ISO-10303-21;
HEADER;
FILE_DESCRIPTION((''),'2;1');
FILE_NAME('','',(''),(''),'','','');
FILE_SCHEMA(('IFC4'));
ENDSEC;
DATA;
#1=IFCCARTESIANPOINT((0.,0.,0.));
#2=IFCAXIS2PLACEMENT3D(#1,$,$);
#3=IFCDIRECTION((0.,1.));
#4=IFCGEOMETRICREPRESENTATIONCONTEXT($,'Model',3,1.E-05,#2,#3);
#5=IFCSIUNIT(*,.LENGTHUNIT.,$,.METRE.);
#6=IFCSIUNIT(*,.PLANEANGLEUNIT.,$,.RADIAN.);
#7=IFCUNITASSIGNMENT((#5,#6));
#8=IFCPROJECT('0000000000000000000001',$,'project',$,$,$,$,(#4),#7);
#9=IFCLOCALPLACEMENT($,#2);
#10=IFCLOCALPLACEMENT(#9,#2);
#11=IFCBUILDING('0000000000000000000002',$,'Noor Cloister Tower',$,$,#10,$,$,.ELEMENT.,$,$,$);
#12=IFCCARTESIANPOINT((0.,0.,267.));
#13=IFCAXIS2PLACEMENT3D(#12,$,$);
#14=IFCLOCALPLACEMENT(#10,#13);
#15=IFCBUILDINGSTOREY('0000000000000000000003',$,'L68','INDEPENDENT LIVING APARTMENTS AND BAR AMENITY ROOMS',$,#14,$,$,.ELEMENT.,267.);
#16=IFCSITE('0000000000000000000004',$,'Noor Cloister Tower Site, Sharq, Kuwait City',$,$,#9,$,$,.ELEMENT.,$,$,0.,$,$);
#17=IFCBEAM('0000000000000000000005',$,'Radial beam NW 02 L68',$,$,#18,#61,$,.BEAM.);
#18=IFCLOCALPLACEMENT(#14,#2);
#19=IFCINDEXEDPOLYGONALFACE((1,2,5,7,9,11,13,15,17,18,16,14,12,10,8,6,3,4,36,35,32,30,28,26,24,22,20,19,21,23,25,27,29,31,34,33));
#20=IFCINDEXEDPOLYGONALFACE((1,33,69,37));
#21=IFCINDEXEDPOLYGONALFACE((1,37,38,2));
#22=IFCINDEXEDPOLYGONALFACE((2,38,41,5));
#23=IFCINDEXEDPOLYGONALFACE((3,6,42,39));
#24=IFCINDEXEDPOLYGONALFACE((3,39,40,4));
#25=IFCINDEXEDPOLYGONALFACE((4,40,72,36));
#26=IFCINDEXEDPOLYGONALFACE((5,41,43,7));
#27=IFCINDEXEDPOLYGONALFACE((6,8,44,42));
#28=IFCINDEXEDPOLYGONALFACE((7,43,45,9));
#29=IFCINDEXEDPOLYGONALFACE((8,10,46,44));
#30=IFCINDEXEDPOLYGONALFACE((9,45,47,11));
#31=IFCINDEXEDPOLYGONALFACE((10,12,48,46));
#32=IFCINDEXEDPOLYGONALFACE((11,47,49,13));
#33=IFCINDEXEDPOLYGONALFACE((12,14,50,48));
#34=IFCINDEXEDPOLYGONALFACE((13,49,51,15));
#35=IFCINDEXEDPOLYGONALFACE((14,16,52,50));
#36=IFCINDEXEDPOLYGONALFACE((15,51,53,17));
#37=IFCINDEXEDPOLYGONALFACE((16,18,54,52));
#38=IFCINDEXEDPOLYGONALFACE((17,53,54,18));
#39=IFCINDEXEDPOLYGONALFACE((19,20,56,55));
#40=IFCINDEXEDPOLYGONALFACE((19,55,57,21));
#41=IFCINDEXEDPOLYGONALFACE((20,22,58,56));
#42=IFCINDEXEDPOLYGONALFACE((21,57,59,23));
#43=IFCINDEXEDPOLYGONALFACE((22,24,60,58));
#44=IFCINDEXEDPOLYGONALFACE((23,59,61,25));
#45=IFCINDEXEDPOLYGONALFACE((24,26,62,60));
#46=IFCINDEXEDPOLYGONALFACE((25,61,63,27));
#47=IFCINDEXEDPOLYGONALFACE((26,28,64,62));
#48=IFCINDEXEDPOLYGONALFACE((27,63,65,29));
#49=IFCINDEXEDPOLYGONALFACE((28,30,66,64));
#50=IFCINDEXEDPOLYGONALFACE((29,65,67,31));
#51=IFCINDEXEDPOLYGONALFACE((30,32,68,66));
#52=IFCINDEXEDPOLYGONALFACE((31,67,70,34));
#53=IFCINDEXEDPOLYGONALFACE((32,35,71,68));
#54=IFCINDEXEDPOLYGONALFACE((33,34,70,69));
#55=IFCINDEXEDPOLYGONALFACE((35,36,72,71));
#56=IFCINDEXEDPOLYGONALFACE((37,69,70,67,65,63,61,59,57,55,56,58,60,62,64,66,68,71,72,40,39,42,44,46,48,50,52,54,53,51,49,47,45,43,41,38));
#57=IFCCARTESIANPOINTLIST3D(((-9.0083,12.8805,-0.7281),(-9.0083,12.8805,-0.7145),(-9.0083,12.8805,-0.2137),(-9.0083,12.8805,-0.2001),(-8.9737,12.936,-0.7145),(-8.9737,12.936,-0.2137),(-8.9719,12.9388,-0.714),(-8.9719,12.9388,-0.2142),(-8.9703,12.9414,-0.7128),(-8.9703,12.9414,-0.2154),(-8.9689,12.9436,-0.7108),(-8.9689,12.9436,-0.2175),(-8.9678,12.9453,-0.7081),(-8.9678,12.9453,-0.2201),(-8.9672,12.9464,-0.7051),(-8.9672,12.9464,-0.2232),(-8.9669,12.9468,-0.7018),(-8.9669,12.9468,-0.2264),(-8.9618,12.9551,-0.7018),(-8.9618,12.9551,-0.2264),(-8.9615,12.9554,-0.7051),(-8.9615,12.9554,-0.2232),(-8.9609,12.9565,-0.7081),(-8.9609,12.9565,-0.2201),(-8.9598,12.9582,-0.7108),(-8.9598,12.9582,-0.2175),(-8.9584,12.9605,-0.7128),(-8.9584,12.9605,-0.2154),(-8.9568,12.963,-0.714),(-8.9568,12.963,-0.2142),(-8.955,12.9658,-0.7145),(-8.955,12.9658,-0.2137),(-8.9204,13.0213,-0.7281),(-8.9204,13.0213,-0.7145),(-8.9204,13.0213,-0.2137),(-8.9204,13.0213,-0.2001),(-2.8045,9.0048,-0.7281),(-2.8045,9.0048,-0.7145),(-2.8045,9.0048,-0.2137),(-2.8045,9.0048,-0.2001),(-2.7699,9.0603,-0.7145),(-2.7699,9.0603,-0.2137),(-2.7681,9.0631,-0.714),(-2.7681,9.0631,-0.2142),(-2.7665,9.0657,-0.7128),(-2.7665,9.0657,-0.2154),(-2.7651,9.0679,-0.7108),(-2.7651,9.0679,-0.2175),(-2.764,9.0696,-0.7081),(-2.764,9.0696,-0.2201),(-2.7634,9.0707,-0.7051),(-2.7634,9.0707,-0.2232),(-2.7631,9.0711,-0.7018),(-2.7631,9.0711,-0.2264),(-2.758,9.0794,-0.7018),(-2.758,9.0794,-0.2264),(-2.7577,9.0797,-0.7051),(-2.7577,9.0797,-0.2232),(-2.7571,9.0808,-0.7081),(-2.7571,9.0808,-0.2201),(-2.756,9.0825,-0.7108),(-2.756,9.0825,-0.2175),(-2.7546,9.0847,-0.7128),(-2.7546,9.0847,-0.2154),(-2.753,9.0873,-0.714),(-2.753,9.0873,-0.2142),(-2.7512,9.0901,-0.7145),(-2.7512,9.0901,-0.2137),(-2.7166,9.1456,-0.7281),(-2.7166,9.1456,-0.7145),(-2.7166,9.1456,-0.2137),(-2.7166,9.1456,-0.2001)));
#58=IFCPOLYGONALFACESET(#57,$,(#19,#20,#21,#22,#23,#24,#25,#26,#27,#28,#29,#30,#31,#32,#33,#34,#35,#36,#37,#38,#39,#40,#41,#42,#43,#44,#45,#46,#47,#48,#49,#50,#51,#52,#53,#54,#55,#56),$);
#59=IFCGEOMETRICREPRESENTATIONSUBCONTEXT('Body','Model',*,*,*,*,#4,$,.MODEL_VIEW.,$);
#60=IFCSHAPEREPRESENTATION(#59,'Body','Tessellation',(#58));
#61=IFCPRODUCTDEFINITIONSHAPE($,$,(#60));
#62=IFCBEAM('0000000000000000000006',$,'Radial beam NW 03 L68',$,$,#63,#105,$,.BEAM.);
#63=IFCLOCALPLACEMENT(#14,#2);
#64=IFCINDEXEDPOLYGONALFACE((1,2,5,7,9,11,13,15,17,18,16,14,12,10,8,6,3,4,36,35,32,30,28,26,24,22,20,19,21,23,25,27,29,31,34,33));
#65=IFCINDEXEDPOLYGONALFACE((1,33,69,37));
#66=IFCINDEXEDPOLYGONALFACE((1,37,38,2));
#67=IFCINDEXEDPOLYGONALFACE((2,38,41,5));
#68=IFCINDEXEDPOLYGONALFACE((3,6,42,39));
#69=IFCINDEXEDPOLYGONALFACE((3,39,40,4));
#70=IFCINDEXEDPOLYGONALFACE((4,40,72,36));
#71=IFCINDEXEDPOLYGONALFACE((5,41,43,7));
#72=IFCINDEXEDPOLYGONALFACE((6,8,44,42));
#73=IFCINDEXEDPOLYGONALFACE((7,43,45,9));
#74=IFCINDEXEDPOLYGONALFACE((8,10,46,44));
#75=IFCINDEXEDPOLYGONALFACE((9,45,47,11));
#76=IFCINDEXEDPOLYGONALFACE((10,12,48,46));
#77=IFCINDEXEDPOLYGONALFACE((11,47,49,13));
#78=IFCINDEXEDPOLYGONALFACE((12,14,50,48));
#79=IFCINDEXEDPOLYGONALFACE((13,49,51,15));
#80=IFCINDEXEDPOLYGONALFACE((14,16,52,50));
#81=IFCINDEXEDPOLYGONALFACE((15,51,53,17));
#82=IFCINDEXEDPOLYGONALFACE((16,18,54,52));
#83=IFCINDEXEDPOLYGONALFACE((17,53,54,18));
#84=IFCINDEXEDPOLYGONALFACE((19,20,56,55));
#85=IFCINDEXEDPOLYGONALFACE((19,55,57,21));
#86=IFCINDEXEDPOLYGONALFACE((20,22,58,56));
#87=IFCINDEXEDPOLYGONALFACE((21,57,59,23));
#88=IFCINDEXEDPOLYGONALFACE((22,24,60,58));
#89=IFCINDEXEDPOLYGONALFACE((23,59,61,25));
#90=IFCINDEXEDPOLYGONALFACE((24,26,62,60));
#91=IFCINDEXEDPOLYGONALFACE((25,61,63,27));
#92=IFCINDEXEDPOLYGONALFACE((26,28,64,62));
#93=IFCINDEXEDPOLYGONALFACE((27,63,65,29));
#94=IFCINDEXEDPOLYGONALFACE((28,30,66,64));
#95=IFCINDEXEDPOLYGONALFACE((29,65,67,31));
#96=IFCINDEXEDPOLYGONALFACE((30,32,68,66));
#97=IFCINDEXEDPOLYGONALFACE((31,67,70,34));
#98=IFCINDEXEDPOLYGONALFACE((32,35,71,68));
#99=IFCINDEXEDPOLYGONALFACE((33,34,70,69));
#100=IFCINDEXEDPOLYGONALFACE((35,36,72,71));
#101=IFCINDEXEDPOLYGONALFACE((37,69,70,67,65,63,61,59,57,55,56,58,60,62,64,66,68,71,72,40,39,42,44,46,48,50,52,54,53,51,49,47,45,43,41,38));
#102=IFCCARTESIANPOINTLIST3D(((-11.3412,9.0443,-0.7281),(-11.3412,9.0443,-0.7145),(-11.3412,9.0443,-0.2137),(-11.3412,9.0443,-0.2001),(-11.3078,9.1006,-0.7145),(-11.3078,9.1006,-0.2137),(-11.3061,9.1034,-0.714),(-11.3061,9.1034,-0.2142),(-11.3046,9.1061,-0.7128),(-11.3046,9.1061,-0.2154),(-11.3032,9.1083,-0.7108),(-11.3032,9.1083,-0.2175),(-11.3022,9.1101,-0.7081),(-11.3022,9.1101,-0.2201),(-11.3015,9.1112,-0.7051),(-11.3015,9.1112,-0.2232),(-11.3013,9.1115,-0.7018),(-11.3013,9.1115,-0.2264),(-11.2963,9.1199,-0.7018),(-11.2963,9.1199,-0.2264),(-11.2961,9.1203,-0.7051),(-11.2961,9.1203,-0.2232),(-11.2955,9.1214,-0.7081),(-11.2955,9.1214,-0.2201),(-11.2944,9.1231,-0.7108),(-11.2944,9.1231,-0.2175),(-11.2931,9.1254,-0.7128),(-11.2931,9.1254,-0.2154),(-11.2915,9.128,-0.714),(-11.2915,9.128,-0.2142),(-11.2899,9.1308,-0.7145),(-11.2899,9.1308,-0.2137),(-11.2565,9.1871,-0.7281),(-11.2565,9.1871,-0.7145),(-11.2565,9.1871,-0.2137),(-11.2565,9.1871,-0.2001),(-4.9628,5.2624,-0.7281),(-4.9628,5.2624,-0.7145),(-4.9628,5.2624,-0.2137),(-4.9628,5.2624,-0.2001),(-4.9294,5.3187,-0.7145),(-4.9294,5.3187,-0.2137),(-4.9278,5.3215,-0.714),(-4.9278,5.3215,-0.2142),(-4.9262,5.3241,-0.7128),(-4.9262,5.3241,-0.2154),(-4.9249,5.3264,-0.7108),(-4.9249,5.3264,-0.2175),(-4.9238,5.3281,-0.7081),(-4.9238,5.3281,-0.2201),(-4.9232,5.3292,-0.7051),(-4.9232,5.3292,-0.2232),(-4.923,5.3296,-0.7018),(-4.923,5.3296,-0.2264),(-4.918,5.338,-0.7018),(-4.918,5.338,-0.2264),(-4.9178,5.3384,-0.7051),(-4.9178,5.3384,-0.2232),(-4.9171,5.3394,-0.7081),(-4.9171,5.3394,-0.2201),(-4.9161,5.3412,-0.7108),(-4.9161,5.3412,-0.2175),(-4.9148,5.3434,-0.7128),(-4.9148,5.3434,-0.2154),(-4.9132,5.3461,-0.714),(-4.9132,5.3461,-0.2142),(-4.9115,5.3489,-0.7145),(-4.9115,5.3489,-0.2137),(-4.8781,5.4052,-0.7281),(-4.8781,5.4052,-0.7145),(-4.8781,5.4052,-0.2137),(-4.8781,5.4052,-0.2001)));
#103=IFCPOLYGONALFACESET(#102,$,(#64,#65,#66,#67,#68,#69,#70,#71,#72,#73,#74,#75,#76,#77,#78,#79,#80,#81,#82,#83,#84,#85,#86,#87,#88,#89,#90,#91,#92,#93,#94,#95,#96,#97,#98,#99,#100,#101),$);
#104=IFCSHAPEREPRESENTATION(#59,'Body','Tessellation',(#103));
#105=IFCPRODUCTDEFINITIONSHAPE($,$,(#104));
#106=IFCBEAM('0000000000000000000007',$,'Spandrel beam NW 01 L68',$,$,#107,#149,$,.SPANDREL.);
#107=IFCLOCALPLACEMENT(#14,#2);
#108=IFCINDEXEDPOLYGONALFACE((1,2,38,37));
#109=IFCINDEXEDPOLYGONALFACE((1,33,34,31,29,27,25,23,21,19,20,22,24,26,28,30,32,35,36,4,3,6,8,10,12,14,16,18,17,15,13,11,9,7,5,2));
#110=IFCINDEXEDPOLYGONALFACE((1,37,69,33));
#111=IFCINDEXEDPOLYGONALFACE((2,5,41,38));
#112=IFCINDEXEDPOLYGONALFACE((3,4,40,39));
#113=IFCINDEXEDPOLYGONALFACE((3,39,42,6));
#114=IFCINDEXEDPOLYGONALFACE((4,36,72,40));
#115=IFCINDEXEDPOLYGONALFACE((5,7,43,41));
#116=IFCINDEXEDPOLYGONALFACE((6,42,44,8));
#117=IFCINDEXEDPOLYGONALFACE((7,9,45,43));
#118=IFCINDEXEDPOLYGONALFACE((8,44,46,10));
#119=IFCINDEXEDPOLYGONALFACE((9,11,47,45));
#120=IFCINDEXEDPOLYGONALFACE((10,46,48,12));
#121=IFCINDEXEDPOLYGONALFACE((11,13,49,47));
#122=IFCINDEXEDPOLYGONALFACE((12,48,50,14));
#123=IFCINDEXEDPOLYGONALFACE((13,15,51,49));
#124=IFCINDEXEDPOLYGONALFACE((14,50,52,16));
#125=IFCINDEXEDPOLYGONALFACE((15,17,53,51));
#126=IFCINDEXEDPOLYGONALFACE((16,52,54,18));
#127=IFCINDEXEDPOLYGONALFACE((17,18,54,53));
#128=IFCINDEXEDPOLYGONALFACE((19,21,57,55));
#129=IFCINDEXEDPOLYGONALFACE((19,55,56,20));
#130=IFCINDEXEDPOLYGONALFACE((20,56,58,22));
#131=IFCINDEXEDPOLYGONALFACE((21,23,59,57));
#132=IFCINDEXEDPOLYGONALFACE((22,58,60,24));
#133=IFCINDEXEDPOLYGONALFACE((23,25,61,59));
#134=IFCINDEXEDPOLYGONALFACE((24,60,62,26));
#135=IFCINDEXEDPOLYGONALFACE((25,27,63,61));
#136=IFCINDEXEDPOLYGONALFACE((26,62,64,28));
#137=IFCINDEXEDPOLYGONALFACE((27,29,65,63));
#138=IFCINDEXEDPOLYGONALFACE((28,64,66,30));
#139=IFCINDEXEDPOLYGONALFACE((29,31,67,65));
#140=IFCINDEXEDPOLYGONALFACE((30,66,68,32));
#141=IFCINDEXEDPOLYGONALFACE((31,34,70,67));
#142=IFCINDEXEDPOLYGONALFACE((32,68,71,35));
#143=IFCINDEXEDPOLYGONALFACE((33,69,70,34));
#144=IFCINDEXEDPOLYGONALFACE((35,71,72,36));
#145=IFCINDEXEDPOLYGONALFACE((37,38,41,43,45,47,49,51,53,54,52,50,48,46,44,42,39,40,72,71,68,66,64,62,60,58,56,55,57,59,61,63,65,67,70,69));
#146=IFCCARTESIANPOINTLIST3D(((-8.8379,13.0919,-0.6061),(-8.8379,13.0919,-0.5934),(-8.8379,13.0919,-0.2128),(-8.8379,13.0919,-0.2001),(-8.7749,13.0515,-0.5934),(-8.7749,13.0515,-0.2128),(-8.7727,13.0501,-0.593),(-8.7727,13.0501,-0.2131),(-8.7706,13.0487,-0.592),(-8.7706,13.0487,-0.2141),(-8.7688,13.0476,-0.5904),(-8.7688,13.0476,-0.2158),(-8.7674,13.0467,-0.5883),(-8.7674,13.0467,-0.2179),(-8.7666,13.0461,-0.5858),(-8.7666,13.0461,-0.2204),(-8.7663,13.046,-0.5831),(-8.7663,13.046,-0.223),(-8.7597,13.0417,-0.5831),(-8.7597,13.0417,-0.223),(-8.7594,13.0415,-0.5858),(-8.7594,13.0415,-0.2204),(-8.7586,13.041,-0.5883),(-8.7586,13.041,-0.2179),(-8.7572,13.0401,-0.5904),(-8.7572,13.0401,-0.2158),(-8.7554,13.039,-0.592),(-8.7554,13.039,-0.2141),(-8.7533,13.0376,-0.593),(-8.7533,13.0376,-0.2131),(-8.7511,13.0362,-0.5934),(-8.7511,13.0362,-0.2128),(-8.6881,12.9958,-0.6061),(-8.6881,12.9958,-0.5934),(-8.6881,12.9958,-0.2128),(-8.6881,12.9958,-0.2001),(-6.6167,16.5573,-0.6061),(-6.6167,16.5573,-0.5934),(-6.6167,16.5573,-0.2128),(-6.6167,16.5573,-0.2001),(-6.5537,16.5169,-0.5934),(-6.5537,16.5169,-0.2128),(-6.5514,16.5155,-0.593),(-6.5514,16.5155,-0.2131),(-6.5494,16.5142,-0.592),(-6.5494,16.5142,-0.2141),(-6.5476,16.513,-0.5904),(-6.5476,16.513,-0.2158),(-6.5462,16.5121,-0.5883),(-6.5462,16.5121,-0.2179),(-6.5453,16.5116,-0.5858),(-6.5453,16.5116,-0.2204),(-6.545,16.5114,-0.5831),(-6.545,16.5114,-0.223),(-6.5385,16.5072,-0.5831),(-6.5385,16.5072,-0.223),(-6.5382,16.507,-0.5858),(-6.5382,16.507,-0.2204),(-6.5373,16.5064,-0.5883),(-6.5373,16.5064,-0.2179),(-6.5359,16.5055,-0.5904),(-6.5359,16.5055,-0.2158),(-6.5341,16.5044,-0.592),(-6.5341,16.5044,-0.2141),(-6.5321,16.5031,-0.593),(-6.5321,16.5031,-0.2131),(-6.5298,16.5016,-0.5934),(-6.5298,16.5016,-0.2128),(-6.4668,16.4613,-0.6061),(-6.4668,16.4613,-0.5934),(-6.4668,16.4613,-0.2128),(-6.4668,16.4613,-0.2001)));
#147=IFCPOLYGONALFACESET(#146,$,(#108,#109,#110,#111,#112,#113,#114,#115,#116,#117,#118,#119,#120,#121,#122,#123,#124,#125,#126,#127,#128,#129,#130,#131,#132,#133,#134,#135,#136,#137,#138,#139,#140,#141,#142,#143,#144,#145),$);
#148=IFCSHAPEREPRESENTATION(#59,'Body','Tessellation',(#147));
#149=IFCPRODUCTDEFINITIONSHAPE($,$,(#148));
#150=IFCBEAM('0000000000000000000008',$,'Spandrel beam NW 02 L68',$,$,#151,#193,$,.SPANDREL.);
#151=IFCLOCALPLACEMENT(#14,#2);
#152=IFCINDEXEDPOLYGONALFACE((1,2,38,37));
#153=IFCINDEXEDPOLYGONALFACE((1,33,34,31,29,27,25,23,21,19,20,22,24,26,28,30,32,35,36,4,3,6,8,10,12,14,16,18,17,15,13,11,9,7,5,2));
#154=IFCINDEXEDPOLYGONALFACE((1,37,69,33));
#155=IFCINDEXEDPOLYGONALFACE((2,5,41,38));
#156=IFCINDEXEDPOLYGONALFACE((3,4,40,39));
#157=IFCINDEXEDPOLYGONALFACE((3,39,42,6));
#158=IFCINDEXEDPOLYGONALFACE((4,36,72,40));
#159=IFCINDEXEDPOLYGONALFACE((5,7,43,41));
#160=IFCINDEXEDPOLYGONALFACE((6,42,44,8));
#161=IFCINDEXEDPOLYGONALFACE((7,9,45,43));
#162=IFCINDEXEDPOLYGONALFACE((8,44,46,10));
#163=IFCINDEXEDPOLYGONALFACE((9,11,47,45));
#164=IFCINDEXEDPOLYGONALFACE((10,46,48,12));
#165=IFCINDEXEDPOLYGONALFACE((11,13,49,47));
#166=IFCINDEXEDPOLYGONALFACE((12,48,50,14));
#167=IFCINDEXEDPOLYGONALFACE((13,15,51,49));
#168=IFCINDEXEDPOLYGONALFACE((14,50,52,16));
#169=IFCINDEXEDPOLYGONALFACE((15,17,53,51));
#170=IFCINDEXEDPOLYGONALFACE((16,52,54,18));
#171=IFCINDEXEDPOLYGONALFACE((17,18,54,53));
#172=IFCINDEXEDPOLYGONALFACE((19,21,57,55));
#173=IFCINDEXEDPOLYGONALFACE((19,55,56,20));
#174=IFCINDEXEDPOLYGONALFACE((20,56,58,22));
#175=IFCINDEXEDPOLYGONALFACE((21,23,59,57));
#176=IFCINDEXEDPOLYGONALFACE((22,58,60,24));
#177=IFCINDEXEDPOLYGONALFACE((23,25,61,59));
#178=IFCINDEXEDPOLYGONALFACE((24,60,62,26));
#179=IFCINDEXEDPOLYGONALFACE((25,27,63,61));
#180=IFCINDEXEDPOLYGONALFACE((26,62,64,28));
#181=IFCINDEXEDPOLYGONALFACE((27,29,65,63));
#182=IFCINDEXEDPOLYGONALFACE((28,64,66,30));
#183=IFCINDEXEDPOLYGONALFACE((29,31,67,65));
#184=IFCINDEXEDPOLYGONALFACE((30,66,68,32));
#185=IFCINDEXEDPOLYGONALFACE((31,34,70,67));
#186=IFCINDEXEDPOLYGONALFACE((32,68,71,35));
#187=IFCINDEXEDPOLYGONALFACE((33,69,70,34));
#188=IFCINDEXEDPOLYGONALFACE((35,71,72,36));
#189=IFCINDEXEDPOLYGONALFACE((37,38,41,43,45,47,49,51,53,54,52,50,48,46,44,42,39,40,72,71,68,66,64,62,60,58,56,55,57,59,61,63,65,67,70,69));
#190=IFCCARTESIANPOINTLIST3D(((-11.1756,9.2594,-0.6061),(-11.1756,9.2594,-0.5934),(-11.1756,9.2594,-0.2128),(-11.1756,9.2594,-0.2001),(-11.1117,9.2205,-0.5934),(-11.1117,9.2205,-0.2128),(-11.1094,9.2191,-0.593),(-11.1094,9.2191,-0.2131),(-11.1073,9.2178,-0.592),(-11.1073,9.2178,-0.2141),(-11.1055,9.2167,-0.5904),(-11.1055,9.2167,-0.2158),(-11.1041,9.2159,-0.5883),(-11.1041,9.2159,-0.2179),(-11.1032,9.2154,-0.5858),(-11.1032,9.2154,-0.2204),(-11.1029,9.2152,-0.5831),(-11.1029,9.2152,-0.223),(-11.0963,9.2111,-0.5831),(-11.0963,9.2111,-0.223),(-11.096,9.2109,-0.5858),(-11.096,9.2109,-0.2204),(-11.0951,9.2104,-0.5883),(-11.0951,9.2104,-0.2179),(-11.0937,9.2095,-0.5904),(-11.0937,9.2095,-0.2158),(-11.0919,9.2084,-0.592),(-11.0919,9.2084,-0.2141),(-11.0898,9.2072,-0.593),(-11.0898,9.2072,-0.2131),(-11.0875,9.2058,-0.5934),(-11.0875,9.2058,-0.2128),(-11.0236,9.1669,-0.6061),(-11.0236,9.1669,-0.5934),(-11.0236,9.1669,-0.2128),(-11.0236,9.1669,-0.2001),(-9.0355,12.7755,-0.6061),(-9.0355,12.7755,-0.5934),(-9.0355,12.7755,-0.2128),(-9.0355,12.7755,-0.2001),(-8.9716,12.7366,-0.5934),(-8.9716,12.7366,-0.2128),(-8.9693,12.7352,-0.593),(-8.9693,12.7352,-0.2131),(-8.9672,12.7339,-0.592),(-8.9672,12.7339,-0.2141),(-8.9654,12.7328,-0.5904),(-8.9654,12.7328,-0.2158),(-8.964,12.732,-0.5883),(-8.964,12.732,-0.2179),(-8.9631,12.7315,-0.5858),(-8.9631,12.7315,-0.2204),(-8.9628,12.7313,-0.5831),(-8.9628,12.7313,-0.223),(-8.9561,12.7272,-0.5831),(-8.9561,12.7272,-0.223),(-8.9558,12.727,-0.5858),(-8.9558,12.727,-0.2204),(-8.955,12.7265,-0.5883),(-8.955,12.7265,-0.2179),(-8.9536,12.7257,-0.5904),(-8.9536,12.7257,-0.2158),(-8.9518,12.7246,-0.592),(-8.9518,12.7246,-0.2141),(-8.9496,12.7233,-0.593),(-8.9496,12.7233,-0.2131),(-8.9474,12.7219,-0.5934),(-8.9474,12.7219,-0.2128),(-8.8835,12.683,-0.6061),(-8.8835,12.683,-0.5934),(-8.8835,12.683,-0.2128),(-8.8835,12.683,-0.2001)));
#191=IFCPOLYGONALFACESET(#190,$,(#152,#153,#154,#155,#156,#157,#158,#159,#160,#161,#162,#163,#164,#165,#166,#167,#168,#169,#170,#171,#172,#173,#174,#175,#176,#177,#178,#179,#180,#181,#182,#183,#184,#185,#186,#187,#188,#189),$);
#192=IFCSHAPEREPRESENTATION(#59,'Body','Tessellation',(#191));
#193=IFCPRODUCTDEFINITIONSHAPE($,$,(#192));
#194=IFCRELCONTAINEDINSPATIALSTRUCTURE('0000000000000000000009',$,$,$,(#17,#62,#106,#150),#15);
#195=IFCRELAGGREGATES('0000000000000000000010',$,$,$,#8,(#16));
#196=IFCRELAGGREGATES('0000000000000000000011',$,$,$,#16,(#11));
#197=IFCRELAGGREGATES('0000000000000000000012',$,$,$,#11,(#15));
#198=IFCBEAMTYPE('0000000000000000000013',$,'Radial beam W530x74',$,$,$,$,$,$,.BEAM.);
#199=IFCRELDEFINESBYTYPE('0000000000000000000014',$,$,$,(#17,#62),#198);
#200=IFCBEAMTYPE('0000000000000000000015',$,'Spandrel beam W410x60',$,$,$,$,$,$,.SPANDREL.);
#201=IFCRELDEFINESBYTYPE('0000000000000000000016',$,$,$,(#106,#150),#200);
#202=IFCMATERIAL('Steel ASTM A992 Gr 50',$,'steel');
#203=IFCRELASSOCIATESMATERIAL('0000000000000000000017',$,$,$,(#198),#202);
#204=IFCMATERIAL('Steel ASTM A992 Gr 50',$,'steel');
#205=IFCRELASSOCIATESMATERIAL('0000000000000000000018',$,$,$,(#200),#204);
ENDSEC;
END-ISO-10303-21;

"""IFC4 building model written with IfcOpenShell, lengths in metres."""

from ifc_helpers import new_model, si_unit, direction, frame, origin, origin_2d, place, context, subcontext, project, spatial, i_section, extrude, material, material_profile, profile_set, type_object, element, save


model = new_model("IFC4")

# Units and contexts
model_context = context("Model", 3, precision=1e-05, world=origin(), true_north=direction((0.0, 1.0)))
body_context = subcontext(model_context, "Body", "Model", "MODEL_VIEW")
ifc_project = project(units=[si_unit("LENGTHUNIT", "METRE"), si_unit("PLANEANGLEUNIT", "RADIAN")], contexts=[model_context])

# Site, building, storey
site_placement = place(None, origin())
site = spatial("IfcSite", under=ifc_project, at=site_placement, Name="Noor Cloister Tower Site, Sharq, Kuwait City", CompositionType="ELEMENT", RefElevation=0.0)
building_placement = place(site_placement, origin())
building = spatial("IfcBuilding", under=site, at=building_placement, Name="Noor Cloister Tower", CompositionType="ELEMENT")
storey_placement = place(building_placement, frame((0.0, 0.0, 267.0)))
storey = spatial("IfcBuildingStorey", under=building, at=storey_placement, Name="L68", Description="INDEPENDENT LIVING APARTMENTS AND BAR AMENITY ROOMS", CompositionType="ELEMENT", Elevation=267.0)

# Beams
ifc_material_1 = material(Name="Steel ASTM A992 Gr 50", Category="steel")
ifc_material_profile_1 = material_profile(ifc_material_1, i_section(OverallWidth=0.166, OverallDepth=0.5281, WebThickness=0.0098, FlangeThickness=0.0137, FilletRadius=0.0127, at=origin_2d()), Name="W530x74")
ifc_profile_set_1 = profile_set([ifc_material_profile_1], Name="Steel ASTM A992 Gr 50")
beam_type_1 = type_object("IfcBeamType", Name="Radial beam W530x74", PredefinedType="BEAM", material=ifc_profile_set_1)
beam_1_placement = place(storey_placement, frame((-8.9644, 12.9509, -0.4641), z_axis=(0.848101, -0.529834, 0.0), x_axis=(0.529834, 0.848101, 0.0)))
element("IfcBeam", 1, at=beam_1_placement, inside=storey, type_object=beam_type_1, Name="Radial beam NW 02 L68", PredefinedType="BEAM", context=body_context, shape_type="SweptSolid", body=[
    extrude(i_section(OverallWidth=0.166, OverallDepth=0.5281, WebThickness=0.0098, FlangeThickness=0.0137, FilletRadius=0.0127, at=origin_2d()), origin(), (0.0, 0.0, 1.0), 7.3149),
])
beam_2_placement = place(storey_placement, frame((-11.2988, 9.1157, -0.4641), z_axis=(0.860163, -0.51002, 0.0), x_axis=(0.51002, 0.860163, 0.0)))
element("IfcBeam", 2, at=beam_2_placement, inside=storey, type_object=beam_type_1, Name="Radial beam NW 03 L68", PredefinedType="BEAM", context=body_context, shape_type="SweptSolid", body=[
    extrude(i_section(OverallWidth=0.166, OverallDepth=0.5281, WebThickness=0.0098, FlangeThickness=0.0137, FilletRadius=0.0127, at=origin_2d()), origin(), (0.0, 0.0, 1.0), 7.4153),
])
ifc_material_2 = material(Name="Steel ASTM A992 Gr 50", Category="steel")
ifc_material_profile_2 = material_profile(ifc_material_2, i_section(OverallWidth=0.178, OverallDepth=0.406, WebThickness=0.0078, FlangeThickness=0.0127, FilletRadius=0.0103, at=origin_2d()), Name="W410x60")
ifc_profile_set_2 = profile_set([ifc_material_profile_2], Name="Steel ASTM A992 Gr 50")
beam_type_2 = type_object("IfcBeamType", Name="Spandrel beam W410x60", PredefinedType="SPANDREL", material=ifc_profile_set_2)
for number, where, z_axis, x_axis, name in (
    (3, (-6.5417, 16.5093, -0.4031), (-0.539636, -0.841898, 0.0), (0.841898, -0.539636, 0.0), "Spandrel beam NW 01 L68"),
    (4, (-8.9595, 12.7292, -0.4031), (-0.519928, -0.85421, 0.0), (0.85421, -0.519928, 0.0), "Spandrel beam NW 02 L68"),
):
    element("IfcBeam", number, at=place(storey_placement, frame(where, z_axis=z_axis, x_axis=x_axis)), inside=storey, type_object=beam_type_2, Name=name, PredefinedType="SPANDREL", context=body_context, shape_type="SweptSolid", body=[
        extrude(i_section(OverallWidth=0.178, OverallDepth=0.406, WebThickness=0.0078, FlangeThickness=0.0127, FilletRadius=0.0103, at=origin_2d()), origin(), (0.0, 0.0, 1.0), 4.1162),
    ])

save(model, "model.ifc")
